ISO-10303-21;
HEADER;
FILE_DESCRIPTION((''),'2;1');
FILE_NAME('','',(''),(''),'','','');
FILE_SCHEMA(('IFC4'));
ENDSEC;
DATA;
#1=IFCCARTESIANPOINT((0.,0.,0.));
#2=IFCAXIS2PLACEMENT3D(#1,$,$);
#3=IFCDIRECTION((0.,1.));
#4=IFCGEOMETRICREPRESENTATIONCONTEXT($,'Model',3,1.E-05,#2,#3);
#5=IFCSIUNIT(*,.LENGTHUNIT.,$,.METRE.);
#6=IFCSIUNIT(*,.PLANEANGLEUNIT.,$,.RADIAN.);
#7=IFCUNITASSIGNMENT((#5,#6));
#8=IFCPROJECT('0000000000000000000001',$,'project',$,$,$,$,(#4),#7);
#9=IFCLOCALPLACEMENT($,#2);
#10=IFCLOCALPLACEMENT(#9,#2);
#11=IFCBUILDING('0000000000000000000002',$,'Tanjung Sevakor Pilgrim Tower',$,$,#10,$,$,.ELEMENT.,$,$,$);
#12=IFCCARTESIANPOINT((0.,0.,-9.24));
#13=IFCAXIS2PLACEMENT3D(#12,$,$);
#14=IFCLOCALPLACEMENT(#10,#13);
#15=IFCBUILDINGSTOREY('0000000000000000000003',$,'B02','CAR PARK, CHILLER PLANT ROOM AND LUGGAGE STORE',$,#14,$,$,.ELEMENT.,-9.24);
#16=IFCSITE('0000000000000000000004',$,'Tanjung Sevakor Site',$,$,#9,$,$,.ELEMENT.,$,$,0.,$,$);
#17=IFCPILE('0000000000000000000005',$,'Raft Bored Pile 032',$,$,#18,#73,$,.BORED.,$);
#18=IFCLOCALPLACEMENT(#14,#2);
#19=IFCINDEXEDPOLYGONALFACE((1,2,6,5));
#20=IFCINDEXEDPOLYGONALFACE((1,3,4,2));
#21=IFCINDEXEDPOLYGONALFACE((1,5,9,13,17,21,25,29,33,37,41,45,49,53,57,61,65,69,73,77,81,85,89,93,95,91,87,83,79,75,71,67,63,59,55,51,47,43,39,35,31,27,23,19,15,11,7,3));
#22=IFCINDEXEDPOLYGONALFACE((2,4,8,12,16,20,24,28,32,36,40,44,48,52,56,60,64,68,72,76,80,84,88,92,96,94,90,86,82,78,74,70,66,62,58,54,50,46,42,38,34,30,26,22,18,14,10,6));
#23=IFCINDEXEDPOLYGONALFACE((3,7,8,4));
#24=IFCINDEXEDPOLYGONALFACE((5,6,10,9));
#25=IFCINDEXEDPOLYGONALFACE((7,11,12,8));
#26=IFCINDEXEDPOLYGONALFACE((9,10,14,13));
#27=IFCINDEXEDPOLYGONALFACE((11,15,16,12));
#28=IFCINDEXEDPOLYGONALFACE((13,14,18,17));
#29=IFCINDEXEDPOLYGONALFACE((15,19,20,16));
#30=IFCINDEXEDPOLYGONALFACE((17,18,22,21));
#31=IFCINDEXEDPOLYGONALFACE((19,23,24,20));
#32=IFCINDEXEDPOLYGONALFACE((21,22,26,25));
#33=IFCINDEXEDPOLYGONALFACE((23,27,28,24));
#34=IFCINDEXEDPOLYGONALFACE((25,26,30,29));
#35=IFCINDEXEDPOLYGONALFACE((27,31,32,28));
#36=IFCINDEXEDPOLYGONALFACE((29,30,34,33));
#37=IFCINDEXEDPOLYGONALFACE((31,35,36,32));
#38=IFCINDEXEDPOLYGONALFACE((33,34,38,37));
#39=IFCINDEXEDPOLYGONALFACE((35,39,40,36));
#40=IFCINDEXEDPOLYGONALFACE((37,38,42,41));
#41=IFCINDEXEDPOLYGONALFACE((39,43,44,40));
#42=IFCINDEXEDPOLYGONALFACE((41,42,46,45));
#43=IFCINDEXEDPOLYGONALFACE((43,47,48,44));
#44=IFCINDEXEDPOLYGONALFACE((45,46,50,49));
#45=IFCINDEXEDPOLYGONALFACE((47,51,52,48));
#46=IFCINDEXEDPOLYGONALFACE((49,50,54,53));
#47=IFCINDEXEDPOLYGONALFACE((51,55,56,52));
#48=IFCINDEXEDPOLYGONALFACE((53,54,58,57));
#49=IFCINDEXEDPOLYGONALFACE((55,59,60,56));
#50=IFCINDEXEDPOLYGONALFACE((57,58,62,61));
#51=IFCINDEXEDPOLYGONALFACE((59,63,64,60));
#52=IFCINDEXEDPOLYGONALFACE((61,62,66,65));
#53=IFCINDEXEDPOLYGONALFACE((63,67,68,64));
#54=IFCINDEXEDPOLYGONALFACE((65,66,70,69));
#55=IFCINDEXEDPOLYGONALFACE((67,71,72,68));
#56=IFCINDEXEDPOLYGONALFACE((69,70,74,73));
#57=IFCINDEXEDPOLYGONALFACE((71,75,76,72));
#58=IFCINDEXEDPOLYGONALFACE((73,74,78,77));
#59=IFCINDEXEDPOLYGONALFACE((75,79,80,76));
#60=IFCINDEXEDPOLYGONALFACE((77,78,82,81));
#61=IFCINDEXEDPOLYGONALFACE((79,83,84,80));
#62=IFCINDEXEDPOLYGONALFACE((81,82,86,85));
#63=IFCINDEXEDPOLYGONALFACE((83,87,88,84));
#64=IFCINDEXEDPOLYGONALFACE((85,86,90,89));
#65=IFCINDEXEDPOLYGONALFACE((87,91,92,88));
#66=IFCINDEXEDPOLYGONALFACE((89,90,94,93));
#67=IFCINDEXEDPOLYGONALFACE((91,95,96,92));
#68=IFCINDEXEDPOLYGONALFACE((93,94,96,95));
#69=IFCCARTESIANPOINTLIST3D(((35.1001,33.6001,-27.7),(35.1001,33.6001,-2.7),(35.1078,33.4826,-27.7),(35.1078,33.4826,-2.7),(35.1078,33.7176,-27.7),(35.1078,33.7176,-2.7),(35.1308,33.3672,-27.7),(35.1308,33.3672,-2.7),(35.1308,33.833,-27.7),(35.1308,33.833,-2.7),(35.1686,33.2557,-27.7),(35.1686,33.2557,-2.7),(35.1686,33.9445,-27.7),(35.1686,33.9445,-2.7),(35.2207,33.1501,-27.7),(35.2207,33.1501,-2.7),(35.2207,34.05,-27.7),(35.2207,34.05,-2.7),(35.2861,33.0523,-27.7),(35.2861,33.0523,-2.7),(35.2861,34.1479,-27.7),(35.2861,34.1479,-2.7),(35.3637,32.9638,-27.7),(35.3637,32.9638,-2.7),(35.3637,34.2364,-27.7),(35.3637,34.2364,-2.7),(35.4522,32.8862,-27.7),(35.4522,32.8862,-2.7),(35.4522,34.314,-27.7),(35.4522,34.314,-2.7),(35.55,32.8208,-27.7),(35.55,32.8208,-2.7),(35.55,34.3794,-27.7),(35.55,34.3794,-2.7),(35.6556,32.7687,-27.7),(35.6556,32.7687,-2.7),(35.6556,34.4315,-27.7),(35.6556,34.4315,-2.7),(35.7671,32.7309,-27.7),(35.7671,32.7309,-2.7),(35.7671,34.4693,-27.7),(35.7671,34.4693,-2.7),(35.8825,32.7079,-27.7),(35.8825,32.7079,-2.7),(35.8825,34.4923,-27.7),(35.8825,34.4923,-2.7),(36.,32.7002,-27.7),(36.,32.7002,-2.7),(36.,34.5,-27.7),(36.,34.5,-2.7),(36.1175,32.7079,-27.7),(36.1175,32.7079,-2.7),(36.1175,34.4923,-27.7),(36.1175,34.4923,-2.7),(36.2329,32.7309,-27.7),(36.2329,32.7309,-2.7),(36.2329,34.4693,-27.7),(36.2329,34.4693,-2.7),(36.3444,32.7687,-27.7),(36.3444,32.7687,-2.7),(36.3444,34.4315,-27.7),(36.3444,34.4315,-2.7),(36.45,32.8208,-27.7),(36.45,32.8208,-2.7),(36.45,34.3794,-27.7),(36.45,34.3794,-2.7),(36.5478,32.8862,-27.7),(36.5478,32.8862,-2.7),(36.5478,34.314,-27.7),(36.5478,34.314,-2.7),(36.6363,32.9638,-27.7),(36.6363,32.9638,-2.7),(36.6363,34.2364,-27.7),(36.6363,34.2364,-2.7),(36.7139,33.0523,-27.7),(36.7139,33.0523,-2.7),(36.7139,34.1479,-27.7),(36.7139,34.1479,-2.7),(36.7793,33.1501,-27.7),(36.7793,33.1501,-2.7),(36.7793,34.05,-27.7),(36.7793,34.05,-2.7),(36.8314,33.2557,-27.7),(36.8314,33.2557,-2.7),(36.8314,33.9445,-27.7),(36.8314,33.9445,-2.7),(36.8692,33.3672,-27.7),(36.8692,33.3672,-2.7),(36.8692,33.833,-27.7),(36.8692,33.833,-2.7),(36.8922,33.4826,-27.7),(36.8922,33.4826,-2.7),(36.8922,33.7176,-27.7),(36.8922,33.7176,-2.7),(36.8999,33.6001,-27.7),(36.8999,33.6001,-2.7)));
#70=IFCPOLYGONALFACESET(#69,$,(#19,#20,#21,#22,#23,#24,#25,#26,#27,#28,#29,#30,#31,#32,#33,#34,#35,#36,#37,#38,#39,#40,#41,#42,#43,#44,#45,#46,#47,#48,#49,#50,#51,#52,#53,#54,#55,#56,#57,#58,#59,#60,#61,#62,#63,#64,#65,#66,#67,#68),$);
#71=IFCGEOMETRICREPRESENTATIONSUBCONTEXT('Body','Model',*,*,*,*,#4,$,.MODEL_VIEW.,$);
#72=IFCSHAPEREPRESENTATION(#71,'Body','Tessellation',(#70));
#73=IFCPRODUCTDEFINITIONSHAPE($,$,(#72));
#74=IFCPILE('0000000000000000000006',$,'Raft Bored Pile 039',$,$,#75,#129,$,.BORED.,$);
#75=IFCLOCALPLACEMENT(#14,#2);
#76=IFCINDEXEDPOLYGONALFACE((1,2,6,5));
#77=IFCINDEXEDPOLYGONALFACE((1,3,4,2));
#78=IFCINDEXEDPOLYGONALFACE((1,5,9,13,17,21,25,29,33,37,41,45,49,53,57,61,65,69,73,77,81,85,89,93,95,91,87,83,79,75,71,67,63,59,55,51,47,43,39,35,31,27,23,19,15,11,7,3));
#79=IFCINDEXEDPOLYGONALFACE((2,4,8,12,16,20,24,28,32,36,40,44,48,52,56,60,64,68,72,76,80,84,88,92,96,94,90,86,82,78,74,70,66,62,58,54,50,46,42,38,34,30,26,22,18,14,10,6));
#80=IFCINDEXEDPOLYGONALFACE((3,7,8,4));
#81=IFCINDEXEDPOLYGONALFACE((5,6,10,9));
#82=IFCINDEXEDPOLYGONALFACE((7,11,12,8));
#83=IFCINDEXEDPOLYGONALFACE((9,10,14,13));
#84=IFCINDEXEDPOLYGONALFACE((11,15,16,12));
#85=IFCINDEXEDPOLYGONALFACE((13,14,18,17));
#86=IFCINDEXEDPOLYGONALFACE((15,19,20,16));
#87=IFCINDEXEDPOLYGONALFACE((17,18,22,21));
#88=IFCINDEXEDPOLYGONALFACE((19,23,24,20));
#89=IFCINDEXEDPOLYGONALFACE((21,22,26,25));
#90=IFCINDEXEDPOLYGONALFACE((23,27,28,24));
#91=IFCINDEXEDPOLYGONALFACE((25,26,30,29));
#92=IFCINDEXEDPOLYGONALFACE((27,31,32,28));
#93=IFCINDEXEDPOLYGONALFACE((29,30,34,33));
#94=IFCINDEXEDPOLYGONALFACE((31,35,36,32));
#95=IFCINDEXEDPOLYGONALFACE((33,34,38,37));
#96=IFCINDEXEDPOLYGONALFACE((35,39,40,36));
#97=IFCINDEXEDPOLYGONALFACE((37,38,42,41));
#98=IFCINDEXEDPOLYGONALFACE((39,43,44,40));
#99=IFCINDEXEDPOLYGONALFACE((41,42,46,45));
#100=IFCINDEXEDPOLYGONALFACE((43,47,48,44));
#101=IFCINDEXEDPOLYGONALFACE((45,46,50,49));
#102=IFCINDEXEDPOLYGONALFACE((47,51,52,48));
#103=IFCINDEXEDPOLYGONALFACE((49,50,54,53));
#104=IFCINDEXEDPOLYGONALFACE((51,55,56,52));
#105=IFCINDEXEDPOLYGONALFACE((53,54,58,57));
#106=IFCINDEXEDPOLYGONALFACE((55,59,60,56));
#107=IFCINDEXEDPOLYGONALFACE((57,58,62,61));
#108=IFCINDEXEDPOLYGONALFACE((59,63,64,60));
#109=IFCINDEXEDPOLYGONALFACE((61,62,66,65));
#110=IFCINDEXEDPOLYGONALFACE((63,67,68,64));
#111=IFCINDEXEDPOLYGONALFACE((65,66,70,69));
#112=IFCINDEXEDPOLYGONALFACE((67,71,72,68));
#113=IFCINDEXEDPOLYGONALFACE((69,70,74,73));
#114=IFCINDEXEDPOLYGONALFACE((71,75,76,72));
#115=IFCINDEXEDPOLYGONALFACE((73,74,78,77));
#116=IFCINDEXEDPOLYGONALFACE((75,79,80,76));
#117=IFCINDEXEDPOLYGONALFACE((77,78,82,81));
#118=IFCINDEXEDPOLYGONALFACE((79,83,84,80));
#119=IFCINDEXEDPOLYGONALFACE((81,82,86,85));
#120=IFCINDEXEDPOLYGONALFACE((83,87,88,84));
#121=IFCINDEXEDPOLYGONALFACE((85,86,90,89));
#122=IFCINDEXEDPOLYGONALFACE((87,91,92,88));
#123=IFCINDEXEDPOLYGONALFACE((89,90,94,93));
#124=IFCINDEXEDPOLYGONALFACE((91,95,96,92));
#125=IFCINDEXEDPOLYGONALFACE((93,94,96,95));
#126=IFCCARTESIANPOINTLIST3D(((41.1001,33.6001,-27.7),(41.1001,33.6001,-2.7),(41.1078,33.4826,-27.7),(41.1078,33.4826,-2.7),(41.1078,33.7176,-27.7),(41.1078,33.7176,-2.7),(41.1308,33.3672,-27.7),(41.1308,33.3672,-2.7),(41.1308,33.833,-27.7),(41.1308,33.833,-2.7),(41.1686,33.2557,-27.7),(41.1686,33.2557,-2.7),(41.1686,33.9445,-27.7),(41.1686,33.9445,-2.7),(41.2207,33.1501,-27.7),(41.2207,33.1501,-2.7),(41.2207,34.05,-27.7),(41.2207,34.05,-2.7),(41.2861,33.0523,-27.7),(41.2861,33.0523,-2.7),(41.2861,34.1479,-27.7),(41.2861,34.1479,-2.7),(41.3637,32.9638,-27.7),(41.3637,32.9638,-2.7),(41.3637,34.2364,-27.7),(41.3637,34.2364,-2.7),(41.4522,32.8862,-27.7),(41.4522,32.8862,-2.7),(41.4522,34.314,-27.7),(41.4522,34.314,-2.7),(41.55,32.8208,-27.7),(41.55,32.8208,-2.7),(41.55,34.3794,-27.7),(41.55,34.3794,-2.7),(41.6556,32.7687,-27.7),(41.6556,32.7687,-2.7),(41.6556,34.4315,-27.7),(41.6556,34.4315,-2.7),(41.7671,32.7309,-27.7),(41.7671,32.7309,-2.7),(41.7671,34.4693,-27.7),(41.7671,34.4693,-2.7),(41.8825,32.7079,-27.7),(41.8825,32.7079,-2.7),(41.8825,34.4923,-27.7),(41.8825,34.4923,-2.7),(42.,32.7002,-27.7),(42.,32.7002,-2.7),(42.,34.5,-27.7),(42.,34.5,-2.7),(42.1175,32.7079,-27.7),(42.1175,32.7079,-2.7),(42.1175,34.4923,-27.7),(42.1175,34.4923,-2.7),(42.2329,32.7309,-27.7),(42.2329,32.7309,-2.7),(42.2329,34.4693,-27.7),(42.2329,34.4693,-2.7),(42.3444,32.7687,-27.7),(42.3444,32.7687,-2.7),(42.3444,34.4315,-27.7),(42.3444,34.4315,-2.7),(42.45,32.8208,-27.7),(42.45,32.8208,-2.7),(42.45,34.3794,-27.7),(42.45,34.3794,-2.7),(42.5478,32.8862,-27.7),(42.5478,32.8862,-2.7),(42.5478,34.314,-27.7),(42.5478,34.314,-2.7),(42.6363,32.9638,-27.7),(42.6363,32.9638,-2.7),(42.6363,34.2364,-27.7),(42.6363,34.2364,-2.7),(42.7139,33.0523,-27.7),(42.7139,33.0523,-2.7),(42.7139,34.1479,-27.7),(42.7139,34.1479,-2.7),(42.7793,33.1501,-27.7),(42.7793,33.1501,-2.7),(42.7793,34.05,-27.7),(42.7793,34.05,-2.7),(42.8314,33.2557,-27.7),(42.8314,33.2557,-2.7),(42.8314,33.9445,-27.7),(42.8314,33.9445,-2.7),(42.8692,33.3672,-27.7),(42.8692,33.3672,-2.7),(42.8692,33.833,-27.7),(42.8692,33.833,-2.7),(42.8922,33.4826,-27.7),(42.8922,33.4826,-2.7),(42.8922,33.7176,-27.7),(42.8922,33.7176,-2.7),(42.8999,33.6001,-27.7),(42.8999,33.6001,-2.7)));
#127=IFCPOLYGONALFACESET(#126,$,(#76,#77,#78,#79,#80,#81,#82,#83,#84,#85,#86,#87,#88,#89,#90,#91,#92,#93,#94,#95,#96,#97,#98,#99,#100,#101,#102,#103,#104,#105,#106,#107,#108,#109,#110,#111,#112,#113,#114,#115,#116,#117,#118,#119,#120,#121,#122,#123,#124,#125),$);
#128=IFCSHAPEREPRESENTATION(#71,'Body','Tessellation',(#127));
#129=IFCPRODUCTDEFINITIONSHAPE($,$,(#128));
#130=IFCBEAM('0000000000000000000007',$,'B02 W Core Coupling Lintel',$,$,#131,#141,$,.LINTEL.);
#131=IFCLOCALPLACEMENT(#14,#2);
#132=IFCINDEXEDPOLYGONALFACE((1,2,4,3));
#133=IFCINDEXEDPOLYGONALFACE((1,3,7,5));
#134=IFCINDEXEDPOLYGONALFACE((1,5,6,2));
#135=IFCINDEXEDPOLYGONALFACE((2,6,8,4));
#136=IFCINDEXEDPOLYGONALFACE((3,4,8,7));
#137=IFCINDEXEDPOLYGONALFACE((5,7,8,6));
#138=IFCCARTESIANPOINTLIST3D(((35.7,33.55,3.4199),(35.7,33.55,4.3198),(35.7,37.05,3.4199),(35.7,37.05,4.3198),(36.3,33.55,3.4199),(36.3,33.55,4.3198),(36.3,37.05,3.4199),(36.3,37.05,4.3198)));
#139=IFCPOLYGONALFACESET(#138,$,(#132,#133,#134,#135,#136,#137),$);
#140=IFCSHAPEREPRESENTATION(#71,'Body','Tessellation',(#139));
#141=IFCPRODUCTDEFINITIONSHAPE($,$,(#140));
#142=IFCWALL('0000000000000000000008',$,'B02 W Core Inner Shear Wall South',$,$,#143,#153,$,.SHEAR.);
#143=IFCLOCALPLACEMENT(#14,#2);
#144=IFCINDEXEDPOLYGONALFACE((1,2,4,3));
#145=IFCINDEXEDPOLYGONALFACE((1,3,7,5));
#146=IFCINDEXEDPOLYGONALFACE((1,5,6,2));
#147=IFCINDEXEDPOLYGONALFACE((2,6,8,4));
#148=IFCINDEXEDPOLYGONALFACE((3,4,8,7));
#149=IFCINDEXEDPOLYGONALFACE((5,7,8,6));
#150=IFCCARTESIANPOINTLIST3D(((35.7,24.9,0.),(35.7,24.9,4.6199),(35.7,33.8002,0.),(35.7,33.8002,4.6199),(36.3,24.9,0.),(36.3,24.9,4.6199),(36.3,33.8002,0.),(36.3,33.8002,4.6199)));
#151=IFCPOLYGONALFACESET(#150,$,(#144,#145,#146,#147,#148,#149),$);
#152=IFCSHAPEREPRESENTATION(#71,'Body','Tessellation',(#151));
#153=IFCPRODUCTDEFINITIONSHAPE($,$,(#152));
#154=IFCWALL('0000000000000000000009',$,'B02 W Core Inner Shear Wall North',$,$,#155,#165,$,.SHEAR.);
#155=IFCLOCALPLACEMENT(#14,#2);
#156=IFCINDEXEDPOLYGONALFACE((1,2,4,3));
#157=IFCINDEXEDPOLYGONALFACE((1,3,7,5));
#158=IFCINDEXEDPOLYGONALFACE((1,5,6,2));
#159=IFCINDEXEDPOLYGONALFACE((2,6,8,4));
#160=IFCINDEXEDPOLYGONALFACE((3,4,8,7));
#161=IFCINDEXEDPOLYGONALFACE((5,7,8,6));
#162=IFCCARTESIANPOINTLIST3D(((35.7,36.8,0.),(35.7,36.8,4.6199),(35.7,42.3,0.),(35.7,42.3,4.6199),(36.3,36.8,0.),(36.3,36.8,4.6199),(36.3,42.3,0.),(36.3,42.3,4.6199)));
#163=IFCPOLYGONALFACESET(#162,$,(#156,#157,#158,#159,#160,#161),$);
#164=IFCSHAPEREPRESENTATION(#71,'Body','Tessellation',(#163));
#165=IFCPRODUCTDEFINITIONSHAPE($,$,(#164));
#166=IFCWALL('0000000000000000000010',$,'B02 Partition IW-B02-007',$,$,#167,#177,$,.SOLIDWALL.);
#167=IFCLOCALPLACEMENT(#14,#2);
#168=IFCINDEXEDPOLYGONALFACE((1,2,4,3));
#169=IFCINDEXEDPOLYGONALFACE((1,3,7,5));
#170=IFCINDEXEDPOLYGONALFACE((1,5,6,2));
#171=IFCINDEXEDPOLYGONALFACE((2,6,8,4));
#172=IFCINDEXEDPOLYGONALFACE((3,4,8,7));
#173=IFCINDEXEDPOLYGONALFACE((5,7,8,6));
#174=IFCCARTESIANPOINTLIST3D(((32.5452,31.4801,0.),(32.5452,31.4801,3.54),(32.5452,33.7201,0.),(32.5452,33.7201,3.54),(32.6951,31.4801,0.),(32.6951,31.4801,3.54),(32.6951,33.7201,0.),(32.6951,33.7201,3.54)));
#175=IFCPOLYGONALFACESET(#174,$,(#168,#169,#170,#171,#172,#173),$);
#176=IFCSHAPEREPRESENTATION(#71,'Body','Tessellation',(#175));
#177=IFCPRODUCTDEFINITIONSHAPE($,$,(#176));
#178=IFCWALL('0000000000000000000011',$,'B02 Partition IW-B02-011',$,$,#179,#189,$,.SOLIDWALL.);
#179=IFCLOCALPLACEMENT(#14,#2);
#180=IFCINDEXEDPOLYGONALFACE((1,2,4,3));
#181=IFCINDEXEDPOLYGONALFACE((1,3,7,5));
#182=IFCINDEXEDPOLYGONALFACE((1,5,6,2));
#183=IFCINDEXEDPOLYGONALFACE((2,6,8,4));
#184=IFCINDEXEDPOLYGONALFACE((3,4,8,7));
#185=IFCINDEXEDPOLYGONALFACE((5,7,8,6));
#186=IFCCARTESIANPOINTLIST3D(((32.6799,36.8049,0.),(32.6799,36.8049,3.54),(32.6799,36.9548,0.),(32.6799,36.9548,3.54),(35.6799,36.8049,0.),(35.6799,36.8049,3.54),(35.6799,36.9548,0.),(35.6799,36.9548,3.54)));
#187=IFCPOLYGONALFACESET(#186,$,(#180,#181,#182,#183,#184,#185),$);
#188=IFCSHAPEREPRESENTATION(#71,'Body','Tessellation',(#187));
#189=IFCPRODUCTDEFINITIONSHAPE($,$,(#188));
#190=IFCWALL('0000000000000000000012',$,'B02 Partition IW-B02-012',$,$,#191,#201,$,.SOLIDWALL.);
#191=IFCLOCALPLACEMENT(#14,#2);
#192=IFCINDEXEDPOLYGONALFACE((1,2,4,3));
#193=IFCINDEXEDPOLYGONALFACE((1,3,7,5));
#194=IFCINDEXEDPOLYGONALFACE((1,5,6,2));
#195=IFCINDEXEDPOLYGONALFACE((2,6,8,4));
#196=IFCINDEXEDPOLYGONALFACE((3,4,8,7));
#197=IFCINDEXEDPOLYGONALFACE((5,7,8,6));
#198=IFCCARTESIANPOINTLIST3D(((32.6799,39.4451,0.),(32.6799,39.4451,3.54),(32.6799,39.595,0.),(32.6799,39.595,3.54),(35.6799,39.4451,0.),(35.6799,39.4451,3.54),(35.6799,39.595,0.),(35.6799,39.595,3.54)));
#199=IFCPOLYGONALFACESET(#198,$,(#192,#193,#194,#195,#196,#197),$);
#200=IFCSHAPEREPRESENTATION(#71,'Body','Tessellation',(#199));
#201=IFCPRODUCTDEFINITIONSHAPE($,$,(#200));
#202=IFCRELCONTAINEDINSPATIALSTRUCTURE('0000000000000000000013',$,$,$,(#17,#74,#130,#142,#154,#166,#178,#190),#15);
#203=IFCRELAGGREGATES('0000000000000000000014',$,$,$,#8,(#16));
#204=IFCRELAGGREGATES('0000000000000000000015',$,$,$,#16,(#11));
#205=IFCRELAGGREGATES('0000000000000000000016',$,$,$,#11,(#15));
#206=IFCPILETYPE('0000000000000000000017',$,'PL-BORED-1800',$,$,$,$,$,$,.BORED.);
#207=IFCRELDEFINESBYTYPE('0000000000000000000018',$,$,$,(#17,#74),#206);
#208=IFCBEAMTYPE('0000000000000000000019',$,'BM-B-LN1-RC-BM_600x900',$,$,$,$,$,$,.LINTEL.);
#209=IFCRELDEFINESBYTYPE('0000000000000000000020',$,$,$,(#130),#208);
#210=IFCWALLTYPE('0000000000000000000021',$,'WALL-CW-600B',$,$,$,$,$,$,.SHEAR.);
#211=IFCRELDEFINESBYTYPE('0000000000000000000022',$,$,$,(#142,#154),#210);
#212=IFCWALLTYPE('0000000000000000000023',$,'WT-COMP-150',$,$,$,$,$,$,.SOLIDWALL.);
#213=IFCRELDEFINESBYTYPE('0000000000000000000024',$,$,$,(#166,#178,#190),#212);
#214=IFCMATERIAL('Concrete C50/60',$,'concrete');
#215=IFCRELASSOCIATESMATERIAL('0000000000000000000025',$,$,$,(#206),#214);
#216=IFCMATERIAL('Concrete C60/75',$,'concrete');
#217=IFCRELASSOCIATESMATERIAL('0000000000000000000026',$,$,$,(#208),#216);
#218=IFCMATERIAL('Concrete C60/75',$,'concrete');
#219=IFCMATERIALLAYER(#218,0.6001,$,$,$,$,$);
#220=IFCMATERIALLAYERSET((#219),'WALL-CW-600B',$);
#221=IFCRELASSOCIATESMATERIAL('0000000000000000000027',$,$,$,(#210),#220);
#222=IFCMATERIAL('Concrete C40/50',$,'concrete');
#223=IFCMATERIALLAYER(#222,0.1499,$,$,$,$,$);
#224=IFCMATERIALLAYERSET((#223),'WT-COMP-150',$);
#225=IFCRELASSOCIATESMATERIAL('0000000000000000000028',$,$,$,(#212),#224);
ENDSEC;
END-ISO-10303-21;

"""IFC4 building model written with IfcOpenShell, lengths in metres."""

from ifc_helpers import new_model, si_unit, direction, frame, frame_2d, origin, origin_2d, place, context, subcontext, project, spatial, rectangle, circle, extrude, material, layer, layer_set, material_profile, profile_set, type_object, element, save


model = new_model("IFC4")

# Units and contexts
model_context = context("Model", 3, precision=1e-05, world=origin(), true_north=direction((0.0, 1.0)))
body_context = subcontext(model_context, "Body", "Model", "MODEL_VIEW")
ifc_project = project(units=[si_unit("LENGTHUNIT", "METRE"), si_unit("PLANEANGLEUNIT", "RADIAN")], contexts=[model_context])

# Site, building, storey
site_placement = place(None, origin())
site = spatial("IfcSite", under=ifc_project, at=site_placement, Name="Tanjung Sevakor Site", CompositionType="ELEMENT", RefElevation=0.0)
building_placement = place(site_placement, origin())
building = spatial("IfcBuilding", under=site, at=building_placement, Name="Tanjung Sevakor Pilgrim Tower", CompositionType="ELEMENT")
storey_placement = place(building_placement, frame((0.0, 0.0, -9.24)))
storey = spatial("IfcBuildingStorey", under=building, at=storey_placement, Name="B02", Description="CAR PARK, CHILLER PLANT ROOM AND LUGGAGE STORE", CompositionType="ELEMENT", Elevation=-9.24)

# Piles
ifc_material_1 = material(Name="Concrete C50/60", Category="concrete")
ifc_material_profile_1 = material_profile(ifc_material_1, circle(Radius=0.8999, at=origin_2d()))
ifc_profile_set_1 = profile_set([ifc_material_profile_1], Name="Concrete C50/60")
pile_type = type_object("IfcPileType", Name="PL-BORED-1800", PredefinedType="BORED", material=ifc_profile_set_1)
for number, where, z_axis, x_axis, name in (
    (1, (36.0, 33.6001, -2.7), (0.0, 0.0, -1.0), (1.0, 0.0, 0.0), "Raft Bored Pile 032"),
    (2, (42.0, 33.6001, -2.7), (0.0, 0.0, -1.0), (1.0, 0.0, 0.0), "Raft Bored Pile 039"),
):
    element("IfcPile", number, at=place(storey_placement, frame(where, z_axis=z_axis, x_axis=x_axis)), inside=storey, type_object=pile_type, Name=name, PredefinedType="BORED", context=body_context, shape_type="SweptSolid", body=[
        extrude(circle(Radius=0.8999, at=origin_2d()), origin(), (0.0, 0.0, 1.0), 25.0),
    ])

# Beam
ifc_material_2 = material(Name="Concrete C60/75", Category="concrete")
ifc_material_profile_2 = material_profile(ifc_material_2, rectangle(XDim=0.6001, YDim=0.8999, at=origin_2d()))
ifc_profile_set_2 = profile_set([ifc_material_profile_2], Name="Concrete C60/75")
beam_type = type_object("IfcBeamType", Name="BM-B-LN1-RC-BM_600x900", PredefinedType="LINTEL", material=ifc_profile_set_2)
beam_placement = place(storey_placement, frame((36.0, 33.55, 3.8699), z_axis=(0.0, 1.0, 0.0), x_axis=(-1.0, 0.0, 0.0)))
element("IfcBeam", 3, at=beam_placement, inside=storey, type_object=beam_type, Name="B02 W Core Coupling Lintel", PredefinedType="LINTEL", context=body_context, shape_type="SweptSolid", body=[
    extrude(rectangle(XDim=0.6001, YDim=0.8999, at=origin_2d()), origin(), (0.0, 0.0, 1.0), 3.5),
])

# Walls
ifc_material_3 = material(Name="Concrete C60/75", Category="concrete")
ifc_layer_1 = layer(ifc_material_3, 0.6001)
ifc_layer_set_1 = layer_set([ifc_layer_1], Name="WALL-CW-600B")
wall_type_1 = type_object("IfcWallType", Name="WALL-CW-600B", PredefinedType="SHEAR", material=ifc_layer_set_1)
wall_1_placement = place(storey_placement, frame((36.0, 24.8999, 0.0), z_axis=(0.0, 0.0, 1.0), x_axis=(0.0, 1.0, 0.0)))
element("IfcWall", 4, at=wall_1_placement, inside=storey, type_object=wall_type_1, Name="B02 W Core Inner Shear Wall South", PredefinedType="SHEAR", context=body_context, shape_type="SweptSolid", body=[
    extrude(rectangle(XDim=8.9001, YDim=0.6001, at=frame_2d((4.4502, 0.0))), origin(), (0.0, 0.0, 1.0), 4.6199),
])
wall_2_placement = place(storey_placement, frame((36.0, 36.8, 0.0), z_axis=(0.0, 0.0, 1.0), x_axis=(0.0, 1.0, 0.0)))
element("IfcWall", 5, at=wall_2_placement, inside=storey, type_object=wall_type_1, Name="B02 W Core Inner Shear Wall North", PredefinedType="SHEAR", context=body_context, shape_type="SweptSolid", body=[
    extrude(rectangle(XDim=5.5, YDim=0.6001, at=frame_2d((2.75, 0.0))), origin(), (0.0, 0.0, 1.0), 4.6199),
])
ifc_material_4 = material(Name="Concrete C40/50", Category="concrete")
ifc_layer_2 = layer(ifc_material_4, 0.1499)
ifc_layer_set_2 = layer_set([ifc_layer_2], Name="WT-COMP-150")
wall_type_2 = type_object("IfcWallType", Name="WT-COMP-150", PredefinedType="SOLIDWALL", material=ifc_layer_set_2)
wall_3_placement = place(storey_placement, frame((32.6201, 31.48, 0.0), z_axis=(0.0, 0.0, 1.0), x_axis=(0.0, 1.0, 0.0)))
element("IfcWall", 6, at=wall_3_placement, inside=storey, type_object=wall_type_2, Name="B02 Partition IW-B02-007", PredefinedType="SOLIDWALL", context=body_context, shape_type="SweptSolid", body=[
    extrude(rectangle(XDim=2.24, YDim=0.1499, at=frame_2d((1.1201, 0.0))), origin(), (0.0, 0.0, 1.0), 3.54),
])

# Walls
for number, where, z_axis, x_axis, name in (
    (7, (32.6799, 36.8799, 0.0), (0.0, 0.0, 1.0), (1.0, 0.0, 0.0), "B02 Partition IW-B02-011"),
    (8, (32.6799, 39.52, 0.0), (0.0, 0.0, 1.0), (1.0, 0.0, 0.0), "B02 Partition IW-B02-012"),
):
    element("IfcWall", number, at=place(storey_placement, frame(where, z_axis=z_axis, x_axis=x_axis)), inside=storey, type_object=wall_type_2, Name=name, PredefinedType="SOLIDWALL", context=body_context, shape_type="SweptSolid", body=[
        extrude(rectangle(XDim=3.0, YDim=0.1499, at=frame_2d((1.5, 0.0))), origin(), (0.0, 0.0, 1.0), 3.54),
    ])

save(model, "model.ifc")
